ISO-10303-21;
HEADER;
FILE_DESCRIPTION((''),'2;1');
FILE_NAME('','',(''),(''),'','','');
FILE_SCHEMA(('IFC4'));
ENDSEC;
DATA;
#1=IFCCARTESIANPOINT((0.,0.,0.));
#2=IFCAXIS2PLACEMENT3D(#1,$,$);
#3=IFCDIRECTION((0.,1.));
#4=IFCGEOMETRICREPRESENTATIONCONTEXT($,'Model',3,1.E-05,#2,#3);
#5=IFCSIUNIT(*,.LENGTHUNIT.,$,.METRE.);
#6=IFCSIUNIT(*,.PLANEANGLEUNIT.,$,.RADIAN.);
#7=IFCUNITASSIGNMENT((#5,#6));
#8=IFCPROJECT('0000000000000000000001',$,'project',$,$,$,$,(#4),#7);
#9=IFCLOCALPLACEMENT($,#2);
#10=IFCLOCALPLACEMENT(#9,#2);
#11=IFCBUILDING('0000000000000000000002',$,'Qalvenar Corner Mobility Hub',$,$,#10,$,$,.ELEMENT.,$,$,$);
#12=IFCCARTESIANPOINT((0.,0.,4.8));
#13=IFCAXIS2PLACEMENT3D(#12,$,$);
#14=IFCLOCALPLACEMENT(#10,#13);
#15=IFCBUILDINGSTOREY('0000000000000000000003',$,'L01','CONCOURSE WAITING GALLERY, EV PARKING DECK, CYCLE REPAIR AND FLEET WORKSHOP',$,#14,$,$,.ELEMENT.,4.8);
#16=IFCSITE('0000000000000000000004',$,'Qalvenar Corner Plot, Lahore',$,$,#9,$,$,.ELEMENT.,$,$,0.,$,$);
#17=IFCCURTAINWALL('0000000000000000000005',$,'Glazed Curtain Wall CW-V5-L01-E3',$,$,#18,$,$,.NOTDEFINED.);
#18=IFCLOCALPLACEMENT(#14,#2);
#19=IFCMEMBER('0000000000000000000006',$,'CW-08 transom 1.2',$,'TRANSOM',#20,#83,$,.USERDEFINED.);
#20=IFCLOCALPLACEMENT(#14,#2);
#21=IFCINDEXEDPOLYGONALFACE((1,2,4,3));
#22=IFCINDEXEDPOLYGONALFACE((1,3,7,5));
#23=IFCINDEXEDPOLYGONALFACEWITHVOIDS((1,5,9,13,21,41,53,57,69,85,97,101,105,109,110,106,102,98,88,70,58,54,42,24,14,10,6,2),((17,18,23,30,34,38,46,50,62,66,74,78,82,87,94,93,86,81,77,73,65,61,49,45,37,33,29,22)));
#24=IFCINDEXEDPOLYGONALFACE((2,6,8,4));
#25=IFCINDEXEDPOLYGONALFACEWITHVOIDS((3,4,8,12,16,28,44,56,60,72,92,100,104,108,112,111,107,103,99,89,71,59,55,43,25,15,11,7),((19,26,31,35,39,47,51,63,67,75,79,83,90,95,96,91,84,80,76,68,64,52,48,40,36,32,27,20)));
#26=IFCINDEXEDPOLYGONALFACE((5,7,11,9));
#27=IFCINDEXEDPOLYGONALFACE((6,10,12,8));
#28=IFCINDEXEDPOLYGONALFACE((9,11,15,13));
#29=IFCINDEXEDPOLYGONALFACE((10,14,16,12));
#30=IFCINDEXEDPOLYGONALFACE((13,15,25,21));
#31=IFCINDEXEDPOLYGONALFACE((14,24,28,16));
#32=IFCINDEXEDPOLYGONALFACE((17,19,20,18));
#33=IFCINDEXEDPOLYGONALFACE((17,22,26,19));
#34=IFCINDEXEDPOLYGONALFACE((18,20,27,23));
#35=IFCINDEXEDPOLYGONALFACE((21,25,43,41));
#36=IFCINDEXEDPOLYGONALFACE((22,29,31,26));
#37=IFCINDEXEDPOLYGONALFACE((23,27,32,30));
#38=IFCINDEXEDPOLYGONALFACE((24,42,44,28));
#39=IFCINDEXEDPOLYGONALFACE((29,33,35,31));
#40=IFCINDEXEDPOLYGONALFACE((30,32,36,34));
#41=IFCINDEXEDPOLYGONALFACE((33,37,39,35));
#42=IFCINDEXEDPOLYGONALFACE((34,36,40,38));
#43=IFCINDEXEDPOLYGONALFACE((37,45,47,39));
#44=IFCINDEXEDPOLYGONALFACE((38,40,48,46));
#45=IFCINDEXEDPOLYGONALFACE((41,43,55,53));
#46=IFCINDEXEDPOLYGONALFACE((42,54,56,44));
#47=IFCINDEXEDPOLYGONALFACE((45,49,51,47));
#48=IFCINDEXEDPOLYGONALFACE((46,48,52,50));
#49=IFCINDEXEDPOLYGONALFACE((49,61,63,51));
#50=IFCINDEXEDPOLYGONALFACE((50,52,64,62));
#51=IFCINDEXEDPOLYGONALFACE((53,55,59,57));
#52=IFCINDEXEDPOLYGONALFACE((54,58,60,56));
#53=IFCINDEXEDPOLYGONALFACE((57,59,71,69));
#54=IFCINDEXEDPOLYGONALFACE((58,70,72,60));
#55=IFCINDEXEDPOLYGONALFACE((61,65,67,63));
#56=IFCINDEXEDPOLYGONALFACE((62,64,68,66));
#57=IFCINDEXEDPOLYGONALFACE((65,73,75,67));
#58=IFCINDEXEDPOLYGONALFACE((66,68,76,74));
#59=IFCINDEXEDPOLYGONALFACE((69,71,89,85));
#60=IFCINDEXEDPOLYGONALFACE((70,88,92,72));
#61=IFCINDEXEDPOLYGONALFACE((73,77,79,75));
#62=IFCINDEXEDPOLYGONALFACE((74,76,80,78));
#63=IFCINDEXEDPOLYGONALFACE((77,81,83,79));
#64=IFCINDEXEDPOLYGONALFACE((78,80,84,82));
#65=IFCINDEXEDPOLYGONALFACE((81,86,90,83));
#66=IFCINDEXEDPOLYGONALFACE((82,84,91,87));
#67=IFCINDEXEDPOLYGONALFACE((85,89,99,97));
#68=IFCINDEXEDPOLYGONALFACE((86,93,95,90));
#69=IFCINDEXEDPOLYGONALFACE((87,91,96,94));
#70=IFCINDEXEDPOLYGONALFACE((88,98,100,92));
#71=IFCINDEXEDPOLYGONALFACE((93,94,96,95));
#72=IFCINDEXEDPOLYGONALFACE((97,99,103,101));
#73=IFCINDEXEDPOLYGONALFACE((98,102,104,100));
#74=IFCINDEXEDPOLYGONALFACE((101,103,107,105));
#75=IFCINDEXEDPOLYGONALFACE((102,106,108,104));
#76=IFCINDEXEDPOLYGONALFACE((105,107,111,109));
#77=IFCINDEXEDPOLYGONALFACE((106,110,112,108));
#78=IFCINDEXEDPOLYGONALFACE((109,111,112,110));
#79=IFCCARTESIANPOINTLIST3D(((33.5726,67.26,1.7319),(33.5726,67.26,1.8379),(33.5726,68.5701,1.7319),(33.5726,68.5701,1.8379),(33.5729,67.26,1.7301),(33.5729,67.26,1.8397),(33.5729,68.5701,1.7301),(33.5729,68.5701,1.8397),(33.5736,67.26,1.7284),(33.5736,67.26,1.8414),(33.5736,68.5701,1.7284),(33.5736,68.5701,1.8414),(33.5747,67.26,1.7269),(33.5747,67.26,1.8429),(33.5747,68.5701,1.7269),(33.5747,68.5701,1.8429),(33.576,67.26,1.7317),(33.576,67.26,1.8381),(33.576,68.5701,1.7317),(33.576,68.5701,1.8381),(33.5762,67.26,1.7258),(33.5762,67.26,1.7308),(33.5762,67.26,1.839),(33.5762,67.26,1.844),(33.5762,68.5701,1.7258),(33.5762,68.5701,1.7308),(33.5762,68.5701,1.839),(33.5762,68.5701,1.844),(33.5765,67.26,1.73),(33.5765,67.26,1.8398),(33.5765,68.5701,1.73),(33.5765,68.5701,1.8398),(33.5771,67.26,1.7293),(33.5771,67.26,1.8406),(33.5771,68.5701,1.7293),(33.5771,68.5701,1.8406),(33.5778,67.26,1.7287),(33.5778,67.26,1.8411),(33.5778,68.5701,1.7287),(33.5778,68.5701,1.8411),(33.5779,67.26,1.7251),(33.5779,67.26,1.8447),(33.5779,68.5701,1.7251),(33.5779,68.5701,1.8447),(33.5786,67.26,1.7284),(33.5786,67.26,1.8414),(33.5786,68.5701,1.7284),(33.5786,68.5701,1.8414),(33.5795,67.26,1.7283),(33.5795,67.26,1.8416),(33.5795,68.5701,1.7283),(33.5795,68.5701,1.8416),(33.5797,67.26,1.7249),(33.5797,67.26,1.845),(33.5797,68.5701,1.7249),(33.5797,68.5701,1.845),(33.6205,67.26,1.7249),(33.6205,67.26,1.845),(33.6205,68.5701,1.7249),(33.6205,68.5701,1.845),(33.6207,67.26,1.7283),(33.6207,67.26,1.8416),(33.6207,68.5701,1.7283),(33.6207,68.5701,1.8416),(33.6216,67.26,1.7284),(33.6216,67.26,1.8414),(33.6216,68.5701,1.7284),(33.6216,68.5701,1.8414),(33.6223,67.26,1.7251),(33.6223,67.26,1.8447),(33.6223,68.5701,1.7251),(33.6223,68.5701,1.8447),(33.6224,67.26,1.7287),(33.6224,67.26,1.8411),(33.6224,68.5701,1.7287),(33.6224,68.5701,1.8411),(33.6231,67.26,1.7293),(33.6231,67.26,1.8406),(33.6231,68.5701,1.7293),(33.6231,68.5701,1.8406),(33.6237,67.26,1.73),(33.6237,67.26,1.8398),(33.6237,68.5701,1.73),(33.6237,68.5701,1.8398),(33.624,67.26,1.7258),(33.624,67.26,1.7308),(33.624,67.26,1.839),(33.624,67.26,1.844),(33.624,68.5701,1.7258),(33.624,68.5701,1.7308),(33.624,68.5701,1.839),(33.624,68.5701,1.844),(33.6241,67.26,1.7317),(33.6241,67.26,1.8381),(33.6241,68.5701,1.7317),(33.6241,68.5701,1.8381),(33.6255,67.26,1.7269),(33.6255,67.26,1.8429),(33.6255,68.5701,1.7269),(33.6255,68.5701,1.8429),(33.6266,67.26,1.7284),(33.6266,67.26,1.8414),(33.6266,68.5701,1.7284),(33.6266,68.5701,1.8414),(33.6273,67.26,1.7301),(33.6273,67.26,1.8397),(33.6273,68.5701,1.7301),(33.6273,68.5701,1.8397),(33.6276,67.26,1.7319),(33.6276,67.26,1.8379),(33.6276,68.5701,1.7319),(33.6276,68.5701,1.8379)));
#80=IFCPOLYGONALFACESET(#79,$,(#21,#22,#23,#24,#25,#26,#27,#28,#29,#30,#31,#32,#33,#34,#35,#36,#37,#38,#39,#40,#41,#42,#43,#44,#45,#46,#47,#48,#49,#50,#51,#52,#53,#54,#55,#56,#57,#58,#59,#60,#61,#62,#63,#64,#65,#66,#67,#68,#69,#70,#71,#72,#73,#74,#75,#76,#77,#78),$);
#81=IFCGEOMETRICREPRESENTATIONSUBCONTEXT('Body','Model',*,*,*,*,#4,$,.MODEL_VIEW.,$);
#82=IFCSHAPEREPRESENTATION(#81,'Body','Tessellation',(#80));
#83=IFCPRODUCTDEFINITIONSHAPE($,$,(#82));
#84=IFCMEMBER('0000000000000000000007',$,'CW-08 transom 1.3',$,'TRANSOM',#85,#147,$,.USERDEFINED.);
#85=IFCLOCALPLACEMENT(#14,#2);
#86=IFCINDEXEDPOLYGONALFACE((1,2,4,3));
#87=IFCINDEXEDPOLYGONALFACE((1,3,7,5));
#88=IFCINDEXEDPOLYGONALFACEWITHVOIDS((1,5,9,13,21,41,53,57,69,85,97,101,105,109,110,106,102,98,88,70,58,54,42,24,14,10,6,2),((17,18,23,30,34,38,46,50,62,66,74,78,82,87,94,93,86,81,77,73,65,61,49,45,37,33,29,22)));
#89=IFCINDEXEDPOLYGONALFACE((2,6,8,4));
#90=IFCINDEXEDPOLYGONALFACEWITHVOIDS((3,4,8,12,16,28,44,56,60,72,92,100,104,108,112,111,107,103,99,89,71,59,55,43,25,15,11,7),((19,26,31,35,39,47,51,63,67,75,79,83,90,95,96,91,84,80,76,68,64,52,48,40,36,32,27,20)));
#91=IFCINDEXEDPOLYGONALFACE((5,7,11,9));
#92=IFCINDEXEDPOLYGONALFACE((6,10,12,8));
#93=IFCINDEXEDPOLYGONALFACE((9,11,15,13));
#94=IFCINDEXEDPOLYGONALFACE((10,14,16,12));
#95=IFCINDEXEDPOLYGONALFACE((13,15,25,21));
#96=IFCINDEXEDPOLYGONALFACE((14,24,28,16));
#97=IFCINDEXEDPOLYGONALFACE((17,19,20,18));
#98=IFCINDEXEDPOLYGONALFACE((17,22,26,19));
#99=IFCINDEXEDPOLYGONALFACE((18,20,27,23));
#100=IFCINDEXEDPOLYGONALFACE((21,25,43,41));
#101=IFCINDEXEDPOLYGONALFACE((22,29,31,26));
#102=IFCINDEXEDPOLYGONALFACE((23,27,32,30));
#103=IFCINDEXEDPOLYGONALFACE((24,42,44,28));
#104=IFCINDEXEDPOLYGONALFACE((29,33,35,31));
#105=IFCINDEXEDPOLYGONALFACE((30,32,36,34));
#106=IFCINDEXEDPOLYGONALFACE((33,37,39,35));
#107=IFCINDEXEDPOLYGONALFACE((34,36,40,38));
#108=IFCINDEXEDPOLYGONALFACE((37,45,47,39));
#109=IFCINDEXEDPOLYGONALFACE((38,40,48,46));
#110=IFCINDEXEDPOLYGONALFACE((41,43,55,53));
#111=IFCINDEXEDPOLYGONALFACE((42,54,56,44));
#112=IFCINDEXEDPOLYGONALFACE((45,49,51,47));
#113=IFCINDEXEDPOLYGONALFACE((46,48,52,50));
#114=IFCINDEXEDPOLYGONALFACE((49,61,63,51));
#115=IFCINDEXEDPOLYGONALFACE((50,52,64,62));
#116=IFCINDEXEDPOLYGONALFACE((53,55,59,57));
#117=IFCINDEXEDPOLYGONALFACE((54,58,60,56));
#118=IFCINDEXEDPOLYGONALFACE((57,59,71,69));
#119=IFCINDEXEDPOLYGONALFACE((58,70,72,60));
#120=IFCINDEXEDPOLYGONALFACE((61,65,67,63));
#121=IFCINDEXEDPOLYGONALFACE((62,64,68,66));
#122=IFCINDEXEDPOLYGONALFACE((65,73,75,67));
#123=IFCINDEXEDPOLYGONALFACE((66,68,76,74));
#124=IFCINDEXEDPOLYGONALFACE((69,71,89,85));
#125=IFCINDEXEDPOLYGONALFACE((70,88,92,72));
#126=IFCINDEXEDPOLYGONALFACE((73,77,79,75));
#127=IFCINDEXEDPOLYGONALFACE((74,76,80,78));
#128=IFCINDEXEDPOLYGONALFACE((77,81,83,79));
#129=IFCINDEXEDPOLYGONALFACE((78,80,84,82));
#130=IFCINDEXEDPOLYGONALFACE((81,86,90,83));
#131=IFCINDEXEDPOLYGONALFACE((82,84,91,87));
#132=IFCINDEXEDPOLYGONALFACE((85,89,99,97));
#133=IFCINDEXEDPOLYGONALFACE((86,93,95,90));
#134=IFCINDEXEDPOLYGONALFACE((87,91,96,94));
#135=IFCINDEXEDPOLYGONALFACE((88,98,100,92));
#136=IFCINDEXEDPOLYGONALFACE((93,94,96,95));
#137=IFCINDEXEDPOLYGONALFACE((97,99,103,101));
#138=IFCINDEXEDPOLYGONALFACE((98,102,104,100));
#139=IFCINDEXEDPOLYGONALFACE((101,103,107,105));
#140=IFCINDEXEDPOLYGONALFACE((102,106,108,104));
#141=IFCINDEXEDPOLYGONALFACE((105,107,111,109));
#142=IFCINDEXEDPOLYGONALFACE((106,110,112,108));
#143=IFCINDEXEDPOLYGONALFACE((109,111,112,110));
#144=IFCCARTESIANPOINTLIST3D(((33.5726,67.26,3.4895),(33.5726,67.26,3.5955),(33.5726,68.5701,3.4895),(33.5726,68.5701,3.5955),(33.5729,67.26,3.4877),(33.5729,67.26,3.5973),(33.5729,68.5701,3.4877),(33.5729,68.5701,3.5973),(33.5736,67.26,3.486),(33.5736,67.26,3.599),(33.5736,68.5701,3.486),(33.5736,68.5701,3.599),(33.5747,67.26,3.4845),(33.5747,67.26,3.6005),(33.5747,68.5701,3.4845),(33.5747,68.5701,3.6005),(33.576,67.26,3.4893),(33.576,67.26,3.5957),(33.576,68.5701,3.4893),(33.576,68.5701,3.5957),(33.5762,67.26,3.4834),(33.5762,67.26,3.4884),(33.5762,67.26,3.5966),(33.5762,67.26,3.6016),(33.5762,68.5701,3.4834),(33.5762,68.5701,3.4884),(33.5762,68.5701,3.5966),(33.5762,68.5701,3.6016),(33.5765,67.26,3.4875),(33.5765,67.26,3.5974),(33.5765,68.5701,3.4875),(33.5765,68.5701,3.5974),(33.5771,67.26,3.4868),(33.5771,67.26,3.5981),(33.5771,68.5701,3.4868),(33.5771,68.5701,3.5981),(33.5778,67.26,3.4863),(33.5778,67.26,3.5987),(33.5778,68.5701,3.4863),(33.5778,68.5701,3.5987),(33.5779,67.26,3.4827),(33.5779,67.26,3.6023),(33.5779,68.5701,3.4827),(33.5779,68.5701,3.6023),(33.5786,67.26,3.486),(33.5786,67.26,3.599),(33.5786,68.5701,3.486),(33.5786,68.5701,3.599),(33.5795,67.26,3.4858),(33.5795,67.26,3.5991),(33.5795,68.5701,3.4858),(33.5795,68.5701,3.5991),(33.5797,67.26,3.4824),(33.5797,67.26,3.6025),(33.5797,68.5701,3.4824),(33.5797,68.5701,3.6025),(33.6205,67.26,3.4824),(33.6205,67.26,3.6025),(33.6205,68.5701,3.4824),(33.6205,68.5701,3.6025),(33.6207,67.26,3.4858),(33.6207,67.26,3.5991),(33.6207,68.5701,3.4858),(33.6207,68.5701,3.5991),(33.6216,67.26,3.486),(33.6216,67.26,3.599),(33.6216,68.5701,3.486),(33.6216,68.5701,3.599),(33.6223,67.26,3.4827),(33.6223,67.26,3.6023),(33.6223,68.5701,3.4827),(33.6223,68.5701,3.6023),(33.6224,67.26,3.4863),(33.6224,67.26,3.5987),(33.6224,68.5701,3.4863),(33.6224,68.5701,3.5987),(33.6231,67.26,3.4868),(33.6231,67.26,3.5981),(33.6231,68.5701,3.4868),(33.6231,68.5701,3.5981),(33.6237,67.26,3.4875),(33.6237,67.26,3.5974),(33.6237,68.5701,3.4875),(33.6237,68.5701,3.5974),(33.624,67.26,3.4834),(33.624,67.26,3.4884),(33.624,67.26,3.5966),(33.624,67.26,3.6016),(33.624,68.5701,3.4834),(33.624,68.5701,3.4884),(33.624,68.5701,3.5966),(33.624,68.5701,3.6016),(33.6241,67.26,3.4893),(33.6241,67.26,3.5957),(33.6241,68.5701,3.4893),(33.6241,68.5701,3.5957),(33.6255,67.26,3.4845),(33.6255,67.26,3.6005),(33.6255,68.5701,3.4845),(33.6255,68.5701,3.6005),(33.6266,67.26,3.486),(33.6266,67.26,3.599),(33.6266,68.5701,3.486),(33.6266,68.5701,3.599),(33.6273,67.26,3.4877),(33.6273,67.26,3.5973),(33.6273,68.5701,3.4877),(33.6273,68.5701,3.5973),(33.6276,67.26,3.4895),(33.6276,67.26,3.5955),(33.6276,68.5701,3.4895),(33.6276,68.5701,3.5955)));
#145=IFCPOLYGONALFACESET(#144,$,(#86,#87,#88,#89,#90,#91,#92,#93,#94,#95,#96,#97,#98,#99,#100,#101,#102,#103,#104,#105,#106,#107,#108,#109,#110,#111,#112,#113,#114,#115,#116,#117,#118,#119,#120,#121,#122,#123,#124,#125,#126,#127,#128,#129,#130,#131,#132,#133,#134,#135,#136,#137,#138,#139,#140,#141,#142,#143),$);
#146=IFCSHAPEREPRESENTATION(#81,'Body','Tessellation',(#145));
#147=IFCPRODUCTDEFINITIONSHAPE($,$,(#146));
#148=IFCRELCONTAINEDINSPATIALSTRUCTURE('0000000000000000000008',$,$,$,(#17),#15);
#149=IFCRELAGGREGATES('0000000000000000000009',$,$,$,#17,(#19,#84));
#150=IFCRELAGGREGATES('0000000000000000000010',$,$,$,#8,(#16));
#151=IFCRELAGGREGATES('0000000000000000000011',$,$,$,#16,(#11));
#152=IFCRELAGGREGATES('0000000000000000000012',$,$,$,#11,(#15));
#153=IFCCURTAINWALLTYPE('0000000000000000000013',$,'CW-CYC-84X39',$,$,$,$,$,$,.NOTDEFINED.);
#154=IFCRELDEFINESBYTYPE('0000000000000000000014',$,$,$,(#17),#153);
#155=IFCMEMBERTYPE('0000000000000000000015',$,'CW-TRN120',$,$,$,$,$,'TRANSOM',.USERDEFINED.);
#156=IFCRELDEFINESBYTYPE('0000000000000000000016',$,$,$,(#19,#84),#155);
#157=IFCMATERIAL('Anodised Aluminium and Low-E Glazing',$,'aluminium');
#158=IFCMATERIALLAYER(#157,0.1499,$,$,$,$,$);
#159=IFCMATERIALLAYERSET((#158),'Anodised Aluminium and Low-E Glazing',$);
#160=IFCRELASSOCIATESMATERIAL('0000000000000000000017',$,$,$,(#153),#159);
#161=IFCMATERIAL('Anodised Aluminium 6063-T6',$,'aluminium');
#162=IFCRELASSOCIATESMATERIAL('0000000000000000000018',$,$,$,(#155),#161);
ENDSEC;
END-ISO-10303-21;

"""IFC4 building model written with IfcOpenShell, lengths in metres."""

from ifc_helpers import new_model, si_unit, direction, frame, origin, origin_2d, place, context, subcontext, project, spatial, hollow_rectangle, extrude, material, layer, layer_set, material_profile, profile_set, type_object, element, aggregate, save


model = new_model("IFC4")

# Units and contexts
model_context = context("Model", 3, precision=1e-05, world=origin(), true_north=direction((0.0, 1.0)))
body_context = subcontext(model_context, "Body", "Model", "MODEL_VIEW")
ifc_project = project(units=[si_unit("LENGTHUNIT", "METRE"), si_unit("PLANEANGLEUNIT", "RADIAN")], contexts=[model_context])

# Site, building, storey
site_placement = place(None, origin())
site = spatial("IfcSite", under=ifc_project, at=site_placement, Name="Qalvenar Corner Plot, Lahore", CompositionType="ELEMENT", RefElevation=0.0)
building_placement = place(site_placement, origin())
building = spatial("IfcBuilding", under=site, at=building_placement, Name="Qalvenar Corner Mobility Hub", CompositionType="ELEMENT")
storey_placement = place(building_placement, frame((0.0, 0.0, 4.8)))
storey = spatial("IfcBuildingStorey", under=building, at=storey_placement, Name="L01", Description="CONCOURSE WAITING GALLERY, EV PARKING DECK, CYCLE REPAIR AND FLEET WORKSHOP", CompositionType="ELEMENT", Elevation=4.8)

# Curtain wall, members
ifc_material_1 = material(Name="Anodised Aluminium and Low-E Glazing", Category="aluminium")
ifc_layer_1 = layer(ifc_material_1, 0.1499)
ifc_layer_set_1 = layer_set([ifc_layer_1], Name="Anodised Aluminium and Low-E Glazing")
curtain_wall_type = type_object("IfcCurtainWallType", Name="CW-CYC-84X39", PredefinedType="NOTDEFINED", material=ifc_layer_set_1)
curtain_wall_placement = place(storey_placement, origin())
curtain_wall = element("IfcCurtainWall", 1, at=curtain_wall_placement, inside=storey, type_object=curtain_wall_type, Name="Glazed Curtain Wall CW-V5-L01-E3", PredefinedType="NOTDEFINED")
ifc_material_2 = material(Name="Anodised Aluminium 6063-T6", Category="aluminium")
ifc_material_profile_1 = material_profile(ifc_material_2, hollow_rectangle(XDim=0.0549, YDim=0.1201, WallThickness=0.0034, InnerFilletRadius=0.0034, OuterFilletRadius=0.0071, at=origin_2d()), Name="RHS120x55x3.5")
ifc_profile_set_1 = profile_set([ifc_material_profile_1], Name="Anodised Aluminium 6063-T6")
member_type_1 = type_object("IfcMemberType", Name="CW-TRN120", ElementType="TRANSOM", PredefinedType="USERDEFINED", material=ifc_profile_set_1)
member_1_placement = place(storey_placement, frame((33.6001, 67.26, 1.7849), z_axis=(0.0, 1.0, 0.0), x_axis=(-1.0, 0.0, 0.0)))
member_1 = element("IfcMember", 2, at=member_1_placement, type_object=member_type_1, Name="CW-08 transom 1.2", ObjectType="TRANSOM", PredefinedType="USERDEFINED", context=body_context, shape_type="SweptSolid", body=[
    extrude(hollow_rectangle(XDim=0.0549, YDim=0.1201, WallThickness=0.0034, InnerFilletRadius=0.0034, OuterFilletRadius=0.0071, at=origin_2d()), origin(), (0.0, 0.0, 1.0), 1.3101),
])
member_2_placement = place(storey_placement, frame((33.6001, 67.26, 3.5425), z_axis=(0.0, 1.0, 0.0), x_axis=(-1.0, 0.0, 0.0)))
member_2 = element("IfcMember", 3, at=member_2_placement, type_object=member_type_1, Name="CW-08 transom 1.3", ObjectType="TRANSOM", PredefinedType="USERDEFINED", context=body_context, shape_type="SweptSolid", body=[
    extrude(hollow_rectangle(XDim=0.0549, YDim=0.1201, WallThickness=0.0034, InnerFilletRadius=0.0034, OuterFilletRadius=0.0071, at=origin_2d()), origin(), (0.0, 0.0, 1.0), 1.3101),
])
aggregate(curtain_wall, [member_1, member_2])

save(model, "model.ifc")
